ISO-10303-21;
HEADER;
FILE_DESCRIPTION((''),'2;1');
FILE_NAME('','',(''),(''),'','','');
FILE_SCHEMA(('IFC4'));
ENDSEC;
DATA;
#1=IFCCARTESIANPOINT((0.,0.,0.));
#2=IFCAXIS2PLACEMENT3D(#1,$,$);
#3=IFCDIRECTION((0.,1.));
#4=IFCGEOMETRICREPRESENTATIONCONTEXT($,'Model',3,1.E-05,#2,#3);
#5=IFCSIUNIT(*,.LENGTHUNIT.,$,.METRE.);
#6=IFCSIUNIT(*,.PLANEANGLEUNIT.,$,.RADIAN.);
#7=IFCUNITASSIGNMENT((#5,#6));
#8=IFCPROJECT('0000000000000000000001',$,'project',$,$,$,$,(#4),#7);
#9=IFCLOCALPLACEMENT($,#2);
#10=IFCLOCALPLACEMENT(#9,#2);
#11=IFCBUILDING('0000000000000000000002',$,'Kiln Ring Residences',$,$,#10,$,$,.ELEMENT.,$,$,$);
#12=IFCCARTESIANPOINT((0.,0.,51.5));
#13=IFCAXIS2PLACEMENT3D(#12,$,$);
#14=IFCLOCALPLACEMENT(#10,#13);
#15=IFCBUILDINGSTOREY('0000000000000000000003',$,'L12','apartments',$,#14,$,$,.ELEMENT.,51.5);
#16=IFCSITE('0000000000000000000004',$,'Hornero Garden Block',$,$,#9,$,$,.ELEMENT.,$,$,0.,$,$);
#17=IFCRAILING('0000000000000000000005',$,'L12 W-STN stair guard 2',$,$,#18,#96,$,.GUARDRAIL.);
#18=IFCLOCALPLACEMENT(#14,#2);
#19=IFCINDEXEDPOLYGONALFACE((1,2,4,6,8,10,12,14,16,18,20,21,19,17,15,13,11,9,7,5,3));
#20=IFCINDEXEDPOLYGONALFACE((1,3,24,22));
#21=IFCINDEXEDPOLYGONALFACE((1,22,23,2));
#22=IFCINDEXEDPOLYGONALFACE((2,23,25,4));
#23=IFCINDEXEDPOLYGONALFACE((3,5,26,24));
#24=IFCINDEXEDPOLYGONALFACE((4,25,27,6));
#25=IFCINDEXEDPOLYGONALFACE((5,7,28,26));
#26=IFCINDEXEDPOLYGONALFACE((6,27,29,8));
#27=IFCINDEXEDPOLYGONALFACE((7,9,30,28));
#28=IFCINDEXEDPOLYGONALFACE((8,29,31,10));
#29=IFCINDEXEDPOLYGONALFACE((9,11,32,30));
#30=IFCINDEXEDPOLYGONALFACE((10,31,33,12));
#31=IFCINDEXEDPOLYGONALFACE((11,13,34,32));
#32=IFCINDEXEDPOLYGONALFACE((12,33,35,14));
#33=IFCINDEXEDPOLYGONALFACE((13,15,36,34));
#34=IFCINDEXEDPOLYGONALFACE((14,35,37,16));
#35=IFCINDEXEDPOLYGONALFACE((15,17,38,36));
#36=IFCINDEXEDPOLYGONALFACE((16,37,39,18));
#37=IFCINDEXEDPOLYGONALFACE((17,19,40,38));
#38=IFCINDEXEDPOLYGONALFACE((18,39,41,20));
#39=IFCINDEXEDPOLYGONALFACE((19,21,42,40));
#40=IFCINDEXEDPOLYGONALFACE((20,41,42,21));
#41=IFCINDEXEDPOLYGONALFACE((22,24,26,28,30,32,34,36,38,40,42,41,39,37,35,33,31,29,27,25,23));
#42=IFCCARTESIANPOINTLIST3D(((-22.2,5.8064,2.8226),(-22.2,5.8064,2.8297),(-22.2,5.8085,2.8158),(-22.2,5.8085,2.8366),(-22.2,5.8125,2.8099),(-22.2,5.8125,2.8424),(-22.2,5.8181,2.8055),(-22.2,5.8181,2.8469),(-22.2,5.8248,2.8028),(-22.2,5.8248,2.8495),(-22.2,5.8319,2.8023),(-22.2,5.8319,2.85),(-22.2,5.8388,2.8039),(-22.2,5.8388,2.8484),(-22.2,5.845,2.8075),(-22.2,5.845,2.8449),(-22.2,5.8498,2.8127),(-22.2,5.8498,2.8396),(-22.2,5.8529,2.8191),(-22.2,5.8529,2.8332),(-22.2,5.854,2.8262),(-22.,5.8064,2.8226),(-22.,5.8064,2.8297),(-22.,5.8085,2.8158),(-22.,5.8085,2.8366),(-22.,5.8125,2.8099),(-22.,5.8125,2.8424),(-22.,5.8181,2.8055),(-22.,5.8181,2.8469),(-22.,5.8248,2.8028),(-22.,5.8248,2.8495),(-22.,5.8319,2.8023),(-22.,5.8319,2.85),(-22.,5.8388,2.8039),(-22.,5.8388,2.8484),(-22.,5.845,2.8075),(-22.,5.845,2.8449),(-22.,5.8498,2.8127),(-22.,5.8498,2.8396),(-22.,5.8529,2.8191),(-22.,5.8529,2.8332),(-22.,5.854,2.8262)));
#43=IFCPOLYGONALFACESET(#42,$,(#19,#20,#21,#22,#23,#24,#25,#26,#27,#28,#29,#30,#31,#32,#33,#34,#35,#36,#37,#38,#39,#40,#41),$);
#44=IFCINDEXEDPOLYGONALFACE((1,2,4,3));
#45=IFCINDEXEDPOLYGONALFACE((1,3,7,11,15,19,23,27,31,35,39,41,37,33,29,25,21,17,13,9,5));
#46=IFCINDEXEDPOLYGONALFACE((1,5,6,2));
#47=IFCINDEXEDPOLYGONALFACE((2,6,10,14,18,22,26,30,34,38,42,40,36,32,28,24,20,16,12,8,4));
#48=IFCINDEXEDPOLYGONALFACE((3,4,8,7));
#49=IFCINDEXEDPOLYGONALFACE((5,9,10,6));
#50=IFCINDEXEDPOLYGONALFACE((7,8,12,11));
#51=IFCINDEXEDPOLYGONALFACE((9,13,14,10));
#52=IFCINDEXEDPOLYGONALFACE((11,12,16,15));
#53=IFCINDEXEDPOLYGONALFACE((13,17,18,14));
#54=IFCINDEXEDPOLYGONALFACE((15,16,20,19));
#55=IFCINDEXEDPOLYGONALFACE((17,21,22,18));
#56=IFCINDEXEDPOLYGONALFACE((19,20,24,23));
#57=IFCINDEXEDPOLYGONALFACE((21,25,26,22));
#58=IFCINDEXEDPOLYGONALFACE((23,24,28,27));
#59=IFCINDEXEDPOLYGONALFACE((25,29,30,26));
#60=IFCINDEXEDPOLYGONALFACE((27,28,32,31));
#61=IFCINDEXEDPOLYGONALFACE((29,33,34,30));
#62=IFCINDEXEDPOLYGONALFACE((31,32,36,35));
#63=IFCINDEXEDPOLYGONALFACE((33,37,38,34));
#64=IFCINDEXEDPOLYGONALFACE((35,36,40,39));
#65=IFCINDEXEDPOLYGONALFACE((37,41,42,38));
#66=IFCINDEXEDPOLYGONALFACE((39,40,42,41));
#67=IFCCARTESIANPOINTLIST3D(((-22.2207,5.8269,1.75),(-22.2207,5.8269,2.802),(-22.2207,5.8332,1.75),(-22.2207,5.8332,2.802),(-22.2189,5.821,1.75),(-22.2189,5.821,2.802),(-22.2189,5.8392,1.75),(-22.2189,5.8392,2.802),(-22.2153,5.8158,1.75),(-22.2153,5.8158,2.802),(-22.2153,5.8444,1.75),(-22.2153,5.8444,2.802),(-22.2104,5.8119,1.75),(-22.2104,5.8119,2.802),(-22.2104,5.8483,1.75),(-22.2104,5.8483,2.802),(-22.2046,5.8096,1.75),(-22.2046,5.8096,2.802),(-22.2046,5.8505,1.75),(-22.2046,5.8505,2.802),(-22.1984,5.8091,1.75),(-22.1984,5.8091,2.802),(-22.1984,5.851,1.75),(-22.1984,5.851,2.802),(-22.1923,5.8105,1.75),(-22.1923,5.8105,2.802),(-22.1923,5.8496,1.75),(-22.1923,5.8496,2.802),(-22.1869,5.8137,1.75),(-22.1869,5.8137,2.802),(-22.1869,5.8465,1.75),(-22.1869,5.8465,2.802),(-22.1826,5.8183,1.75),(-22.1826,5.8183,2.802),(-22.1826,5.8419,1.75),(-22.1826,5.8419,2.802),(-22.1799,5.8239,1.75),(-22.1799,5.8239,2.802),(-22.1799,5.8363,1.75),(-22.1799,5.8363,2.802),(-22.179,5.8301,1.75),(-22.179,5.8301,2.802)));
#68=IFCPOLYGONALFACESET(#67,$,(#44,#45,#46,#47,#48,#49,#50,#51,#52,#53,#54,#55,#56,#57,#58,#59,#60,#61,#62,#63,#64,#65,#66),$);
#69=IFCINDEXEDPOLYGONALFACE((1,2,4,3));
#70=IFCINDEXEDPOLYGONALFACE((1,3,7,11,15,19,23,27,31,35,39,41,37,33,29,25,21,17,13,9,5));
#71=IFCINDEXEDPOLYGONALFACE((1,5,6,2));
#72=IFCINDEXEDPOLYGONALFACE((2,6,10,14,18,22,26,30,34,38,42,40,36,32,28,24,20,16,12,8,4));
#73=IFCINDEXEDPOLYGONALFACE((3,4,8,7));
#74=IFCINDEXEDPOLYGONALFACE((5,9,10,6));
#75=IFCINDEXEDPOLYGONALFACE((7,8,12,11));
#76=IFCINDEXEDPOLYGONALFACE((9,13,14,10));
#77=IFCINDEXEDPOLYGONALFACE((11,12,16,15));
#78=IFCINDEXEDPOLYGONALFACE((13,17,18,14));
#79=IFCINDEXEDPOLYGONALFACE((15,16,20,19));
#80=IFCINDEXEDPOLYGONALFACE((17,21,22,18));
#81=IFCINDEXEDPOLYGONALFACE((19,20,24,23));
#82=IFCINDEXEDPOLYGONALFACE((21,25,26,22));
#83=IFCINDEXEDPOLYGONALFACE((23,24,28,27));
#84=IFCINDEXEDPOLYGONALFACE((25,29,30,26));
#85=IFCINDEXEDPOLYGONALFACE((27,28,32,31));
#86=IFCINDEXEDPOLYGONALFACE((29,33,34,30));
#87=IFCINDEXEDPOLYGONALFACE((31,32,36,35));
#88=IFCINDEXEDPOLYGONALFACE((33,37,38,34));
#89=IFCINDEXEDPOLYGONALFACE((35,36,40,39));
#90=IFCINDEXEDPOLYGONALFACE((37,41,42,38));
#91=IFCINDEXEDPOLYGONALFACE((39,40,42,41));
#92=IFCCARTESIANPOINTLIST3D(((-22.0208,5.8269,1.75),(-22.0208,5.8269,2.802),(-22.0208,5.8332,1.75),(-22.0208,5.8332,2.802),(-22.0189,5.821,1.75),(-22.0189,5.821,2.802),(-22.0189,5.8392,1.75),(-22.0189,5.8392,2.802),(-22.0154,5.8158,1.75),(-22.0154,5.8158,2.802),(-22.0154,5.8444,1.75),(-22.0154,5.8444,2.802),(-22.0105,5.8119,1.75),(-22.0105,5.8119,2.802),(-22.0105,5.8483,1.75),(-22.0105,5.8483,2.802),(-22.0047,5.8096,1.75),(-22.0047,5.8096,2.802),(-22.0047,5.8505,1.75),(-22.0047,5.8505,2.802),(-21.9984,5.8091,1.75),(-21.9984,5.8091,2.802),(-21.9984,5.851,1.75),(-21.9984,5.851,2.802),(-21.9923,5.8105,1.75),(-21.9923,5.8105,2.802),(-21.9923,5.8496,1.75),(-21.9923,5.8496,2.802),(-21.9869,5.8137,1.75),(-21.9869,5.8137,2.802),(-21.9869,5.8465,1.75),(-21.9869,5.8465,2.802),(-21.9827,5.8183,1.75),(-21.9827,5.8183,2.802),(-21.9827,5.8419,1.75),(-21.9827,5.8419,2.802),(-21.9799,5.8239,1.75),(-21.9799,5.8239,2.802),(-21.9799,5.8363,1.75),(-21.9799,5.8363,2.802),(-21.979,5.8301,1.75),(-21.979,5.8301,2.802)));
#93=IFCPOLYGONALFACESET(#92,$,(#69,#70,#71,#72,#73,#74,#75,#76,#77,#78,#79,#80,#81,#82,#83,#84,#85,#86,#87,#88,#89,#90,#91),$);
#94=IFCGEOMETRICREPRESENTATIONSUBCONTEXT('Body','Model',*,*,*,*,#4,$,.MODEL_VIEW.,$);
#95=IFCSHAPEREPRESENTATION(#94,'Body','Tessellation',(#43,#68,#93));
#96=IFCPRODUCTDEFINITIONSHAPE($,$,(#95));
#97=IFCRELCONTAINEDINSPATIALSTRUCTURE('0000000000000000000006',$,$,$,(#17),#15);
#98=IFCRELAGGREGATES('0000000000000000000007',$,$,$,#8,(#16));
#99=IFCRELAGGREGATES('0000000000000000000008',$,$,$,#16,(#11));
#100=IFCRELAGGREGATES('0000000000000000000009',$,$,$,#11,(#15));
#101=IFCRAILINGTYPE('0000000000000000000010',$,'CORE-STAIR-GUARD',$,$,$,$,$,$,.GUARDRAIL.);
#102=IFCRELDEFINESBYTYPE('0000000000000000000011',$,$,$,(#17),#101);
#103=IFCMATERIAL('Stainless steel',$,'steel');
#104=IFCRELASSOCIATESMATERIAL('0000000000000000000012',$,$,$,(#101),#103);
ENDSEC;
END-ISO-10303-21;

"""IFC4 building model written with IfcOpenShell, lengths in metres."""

from ifc_helpers import new_model, si_unit, direction, frame, origin, origin_2d, place, context, subcontext, project, spatial, circle, extrude, material, type_object, element, save


model = new_model("IFC4")

# Units and contexts
model_context = context("Model", 3, precision=1e-05, world=origin(), true_north=direction((0.0, 1.0)))
body_context = subcontext(model_context, "Body", "Model", "MODEL_VIEW")
ifc_project = project(units=[si_unit("LENGTHUNIT", "METRE"), si_unit("PLANEANGLEUNIT", "RADIAN")], contexts=[model_context])

# Site, building, storey
site_placement = place(None, origin())
site = spatial("IfcSite", under=ifc_project, at=site_placement, Name="Hornero Garden Block", CompositionType="ELEMENT", RefElevation=0.0)
building_placement = place(site_placement, origin())
building = spatial("IfcBuilding", under=site, at=building_placement, Name="Kiln Ring Residences", CompositionType="ELEMENT")
storey_placement = place(building_placement, frame((0.0, 0.0, 51.5)))
storey = spatial("IfcBuildingStorey", under=building, at=storey_placement, Name="L12", Description="apartments", CompositionType="ELEMENT", Elevation=51.5)

# Railing
ifc_material_1 = material(Name="Stainless steel", Category="steel")
railing_type_1 = type_object("IfcRailingType", Name="CORE-STAIR-GUARD", PredefinedType="GUARDRAIL", material=ifc_material_1)
railing_1_placement = place(storey_placement, frame((-22.2, 5.8301, 1.75)))
element("IfcRailing", 1, at=railing_1_placement, inside=storey, type_object=railing_type_1, Name="L12 W-STN stair guard 2", PredefinedType="GUARDRAIL", context=body_context, shape_type="SweptSolid", body=[
    extrude(circle(Radius=0.0239, at=origin_2d()), frame((0.0, 0.0, 1.0762), z_axis=(1.0, 0.0, 0.0), x_axis=(0.0, 1.0, 0.0)), (0.0, 0.0, 1.0), 0.2),
    extrude(circle(Radius=0.021, at=origin_2d()), origin(), (0.0, 0.0, 1.0), 1.052),
    extrude(circle(Radius=0.021, at=origin_2d()), frame((0.2, 0.0, 0.0)), (0.0, 0.0, 1.0), 1.052),
])

save(model, "model.ifc")
